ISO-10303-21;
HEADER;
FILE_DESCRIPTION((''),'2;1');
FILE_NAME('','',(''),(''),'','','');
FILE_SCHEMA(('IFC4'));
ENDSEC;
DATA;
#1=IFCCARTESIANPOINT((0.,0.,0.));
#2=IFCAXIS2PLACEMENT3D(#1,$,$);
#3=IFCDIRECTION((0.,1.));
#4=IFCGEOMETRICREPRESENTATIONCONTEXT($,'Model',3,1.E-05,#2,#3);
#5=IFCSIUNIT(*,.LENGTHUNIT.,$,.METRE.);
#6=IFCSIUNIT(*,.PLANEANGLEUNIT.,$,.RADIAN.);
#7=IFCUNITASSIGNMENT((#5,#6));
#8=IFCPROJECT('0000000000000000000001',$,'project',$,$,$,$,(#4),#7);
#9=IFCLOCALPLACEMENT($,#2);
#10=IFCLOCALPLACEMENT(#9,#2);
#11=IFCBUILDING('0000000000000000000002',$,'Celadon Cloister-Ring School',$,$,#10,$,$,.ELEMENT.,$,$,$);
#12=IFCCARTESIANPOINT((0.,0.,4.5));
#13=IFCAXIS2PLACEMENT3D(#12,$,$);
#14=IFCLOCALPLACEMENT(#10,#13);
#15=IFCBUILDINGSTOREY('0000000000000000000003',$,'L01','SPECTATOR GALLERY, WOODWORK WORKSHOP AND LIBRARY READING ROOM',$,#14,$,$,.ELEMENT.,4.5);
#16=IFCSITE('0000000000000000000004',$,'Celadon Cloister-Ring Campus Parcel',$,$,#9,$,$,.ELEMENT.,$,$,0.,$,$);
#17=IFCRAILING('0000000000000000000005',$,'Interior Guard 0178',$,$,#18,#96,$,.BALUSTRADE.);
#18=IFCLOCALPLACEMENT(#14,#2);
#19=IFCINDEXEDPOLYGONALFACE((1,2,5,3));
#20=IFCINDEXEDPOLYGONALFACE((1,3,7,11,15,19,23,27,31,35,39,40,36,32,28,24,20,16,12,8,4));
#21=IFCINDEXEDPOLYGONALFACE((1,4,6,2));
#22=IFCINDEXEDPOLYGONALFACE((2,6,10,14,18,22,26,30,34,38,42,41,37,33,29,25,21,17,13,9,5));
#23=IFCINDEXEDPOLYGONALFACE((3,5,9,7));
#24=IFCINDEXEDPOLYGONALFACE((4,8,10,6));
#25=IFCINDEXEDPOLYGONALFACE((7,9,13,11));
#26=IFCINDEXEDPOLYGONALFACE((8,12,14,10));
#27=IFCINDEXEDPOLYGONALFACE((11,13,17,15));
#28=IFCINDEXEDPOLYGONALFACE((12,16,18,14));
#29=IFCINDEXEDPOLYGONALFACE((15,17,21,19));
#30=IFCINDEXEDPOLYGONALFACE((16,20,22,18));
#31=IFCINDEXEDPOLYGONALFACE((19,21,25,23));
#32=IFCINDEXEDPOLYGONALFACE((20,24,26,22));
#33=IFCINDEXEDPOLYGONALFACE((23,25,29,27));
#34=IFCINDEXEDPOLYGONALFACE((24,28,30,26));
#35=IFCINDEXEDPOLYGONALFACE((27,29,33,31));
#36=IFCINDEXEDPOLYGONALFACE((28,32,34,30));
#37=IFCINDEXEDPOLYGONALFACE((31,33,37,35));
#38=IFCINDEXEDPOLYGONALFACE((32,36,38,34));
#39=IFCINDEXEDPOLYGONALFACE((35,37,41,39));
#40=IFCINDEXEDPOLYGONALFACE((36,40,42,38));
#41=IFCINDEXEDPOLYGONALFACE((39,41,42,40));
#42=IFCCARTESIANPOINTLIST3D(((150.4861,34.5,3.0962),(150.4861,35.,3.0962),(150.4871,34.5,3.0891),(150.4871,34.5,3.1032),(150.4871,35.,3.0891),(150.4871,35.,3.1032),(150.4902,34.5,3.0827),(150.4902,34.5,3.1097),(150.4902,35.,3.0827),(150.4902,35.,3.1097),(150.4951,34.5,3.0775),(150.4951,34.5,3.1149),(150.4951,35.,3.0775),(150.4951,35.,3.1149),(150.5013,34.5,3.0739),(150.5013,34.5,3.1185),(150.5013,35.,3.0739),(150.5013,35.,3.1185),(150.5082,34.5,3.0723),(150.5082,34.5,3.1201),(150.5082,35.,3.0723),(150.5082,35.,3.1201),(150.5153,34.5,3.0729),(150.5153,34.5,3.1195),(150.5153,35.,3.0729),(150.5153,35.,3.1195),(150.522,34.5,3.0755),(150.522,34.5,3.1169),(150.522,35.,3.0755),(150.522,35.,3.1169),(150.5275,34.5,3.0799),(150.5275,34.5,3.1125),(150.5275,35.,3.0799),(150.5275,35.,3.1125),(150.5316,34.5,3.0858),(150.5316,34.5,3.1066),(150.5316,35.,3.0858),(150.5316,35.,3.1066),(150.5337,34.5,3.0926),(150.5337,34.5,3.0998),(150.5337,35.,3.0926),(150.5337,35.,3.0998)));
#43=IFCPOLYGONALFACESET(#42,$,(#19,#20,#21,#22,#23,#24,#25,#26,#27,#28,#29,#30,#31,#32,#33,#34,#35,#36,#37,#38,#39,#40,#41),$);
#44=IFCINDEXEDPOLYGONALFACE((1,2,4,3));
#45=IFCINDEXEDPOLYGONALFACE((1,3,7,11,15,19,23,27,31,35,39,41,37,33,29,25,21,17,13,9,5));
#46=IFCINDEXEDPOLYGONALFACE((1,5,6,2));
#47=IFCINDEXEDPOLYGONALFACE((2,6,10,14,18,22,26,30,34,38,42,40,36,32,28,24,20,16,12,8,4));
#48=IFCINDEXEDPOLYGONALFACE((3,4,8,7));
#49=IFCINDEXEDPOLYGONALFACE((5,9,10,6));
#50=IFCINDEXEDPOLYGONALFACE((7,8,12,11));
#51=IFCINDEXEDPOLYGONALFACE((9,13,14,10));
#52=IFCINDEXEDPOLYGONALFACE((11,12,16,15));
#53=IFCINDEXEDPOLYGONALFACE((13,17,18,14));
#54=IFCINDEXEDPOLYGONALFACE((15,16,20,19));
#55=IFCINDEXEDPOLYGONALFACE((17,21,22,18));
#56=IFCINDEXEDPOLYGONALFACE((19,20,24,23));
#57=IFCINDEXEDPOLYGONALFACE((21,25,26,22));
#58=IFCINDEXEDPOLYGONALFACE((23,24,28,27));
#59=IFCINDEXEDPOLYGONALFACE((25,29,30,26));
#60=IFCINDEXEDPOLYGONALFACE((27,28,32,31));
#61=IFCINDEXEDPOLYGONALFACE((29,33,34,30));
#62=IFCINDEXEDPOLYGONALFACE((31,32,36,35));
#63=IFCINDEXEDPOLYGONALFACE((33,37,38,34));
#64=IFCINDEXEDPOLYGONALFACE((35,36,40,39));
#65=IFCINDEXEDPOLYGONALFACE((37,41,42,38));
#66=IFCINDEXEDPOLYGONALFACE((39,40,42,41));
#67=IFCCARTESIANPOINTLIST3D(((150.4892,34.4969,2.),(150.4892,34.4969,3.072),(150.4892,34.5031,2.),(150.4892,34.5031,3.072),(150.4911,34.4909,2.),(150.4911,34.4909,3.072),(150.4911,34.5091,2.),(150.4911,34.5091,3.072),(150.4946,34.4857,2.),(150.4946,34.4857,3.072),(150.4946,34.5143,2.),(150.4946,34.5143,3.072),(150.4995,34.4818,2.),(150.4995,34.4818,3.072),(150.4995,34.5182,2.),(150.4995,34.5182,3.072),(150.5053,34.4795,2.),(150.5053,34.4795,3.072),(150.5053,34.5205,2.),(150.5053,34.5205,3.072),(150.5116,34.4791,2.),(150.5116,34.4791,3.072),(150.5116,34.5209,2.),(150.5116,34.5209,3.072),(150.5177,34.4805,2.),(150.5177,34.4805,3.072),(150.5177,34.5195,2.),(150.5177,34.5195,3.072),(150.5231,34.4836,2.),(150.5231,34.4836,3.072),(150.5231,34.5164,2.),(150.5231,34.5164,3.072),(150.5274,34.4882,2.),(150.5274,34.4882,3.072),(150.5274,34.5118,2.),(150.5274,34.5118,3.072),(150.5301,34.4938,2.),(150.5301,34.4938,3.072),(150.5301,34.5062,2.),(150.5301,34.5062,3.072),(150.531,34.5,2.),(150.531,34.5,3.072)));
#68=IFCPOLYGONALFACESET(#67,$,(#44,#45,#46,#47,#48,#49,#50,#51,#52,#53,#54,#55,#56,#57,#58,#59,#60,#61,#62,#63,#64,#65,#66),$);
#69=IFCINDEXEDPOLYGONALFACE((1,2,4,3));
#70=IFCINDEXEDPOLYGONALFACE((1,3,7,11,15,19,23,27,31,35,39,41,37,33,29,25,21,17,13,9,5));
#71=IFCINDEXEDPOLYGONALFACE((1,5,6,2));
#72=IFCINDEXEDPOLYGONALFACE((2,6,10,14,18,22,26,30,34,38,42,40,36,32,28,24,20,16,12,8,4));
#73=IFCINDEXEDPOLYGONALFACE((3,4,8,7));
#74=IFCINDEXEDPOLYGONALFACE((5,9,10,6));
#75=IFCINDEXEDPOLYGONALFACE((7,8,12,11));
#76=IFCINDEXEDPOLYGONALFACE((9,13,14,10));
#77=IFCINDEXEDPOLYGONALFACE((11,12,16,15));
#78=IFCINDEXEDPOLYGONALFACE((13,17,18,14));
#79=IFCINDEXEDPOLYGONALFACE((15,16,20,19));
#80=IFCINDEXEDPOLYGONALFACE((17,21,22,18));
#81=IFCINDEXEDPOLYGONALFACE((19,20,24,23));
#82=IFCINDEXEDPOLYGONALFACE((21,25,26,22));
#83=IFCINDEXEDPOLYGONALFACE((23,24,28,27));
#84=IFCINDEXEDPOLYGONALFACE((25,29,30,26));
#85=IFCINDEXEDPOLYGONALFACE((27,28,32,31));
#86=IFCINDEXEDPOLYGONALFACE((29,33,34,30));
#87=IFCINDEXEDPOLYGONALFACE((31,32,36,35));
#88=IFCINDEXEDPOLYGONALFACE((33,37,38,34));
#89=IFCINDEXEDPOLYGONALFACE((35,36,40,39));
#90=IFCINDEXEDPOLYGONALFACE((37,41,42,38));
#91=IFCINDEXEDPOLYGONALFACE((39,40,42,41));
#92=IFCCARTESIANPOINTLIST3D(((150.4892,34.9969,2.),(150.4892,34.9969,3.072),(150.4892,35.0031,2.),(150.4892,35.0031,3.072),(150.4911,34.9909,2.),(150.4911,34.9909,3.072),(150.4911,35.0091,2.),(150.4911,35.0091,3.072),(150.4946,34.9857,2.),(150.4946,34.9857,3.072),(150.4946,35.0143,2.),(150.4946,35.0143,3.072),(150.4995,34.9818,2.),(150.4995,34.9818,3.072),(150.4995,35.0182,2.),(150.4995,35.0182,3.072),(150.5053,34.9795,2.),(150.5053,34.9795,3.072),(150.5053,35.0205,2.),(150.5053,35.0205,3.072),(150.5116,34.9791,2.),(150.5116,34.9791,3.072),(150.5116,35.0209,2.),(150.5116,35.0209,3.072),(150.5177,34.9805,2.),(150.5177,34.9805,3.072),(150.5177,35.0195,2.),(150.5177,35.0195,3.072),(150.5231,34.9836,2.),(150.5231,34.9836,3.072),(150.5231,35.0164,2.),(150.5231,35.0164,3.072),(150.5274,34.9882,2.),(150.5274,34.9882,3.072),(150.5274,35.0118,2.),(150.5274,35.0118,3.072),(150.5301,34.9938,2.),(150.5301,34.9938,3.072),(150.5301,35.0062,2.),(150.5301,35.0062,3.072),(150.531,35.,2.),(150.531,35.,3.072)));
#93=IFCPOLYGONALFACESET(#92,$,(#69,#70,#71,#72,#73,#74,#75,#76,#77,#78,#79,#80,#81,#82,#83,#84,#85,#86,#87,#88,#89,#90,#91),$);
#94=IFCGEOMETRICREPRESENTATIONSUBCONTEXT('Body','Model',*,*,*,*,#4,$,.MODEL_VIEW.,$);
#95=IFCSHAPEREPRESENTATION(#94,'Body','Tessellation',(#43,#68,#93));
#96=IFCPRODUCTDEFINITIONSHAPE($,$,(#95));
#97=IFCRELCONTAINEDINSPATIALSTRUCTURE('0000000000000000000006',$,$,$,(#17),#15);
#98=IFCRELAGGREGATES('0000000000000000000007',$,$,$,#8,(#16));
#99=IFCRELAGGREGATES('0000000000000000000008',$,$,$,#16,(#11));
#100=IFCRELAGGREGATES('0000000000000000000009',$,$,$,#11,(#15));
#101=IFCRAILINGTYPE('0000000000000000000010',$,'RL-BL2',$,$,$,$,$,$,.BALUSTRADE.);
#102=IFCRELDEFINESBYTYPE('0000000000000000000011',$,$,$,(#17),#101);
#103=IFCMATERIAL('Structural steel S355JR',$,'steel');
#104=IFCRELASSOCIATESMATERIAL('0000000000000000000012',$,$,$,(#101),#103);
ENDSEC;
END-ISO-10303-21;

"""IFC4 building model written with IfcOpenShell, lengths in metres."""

from ifc_helpers import new_model, si_unit, direction, frame, origin, origin_2d, place, context, subcontext, project, spatial, circle, extrude, material, type_object, element, save


model = new_model("IFC4")

# Units and contexts
model_context = context("Model", 3, precision=1e-05, world=origin(), true_north=direction((0.0, 1.0)))
body_context = subcontext(model_context, "Body", "Model", "MODEL_VIEW")
ifc_project = project(units=[si_unit("LENGTHUNIT", "METRE"), si_unit("PLANEANGLEUNIT", "RADIAN")], contexts=[model_context])

# Site, building, storey
site_placement = place(None, origin())
site = spatial("IfcSite", under=ifc_project, at=site_placement, Name="Celadon Cloister-Ring Campus Parcel", CompositionType="ELEMENT", RefElevation=0.0)
building_placement = place(site_placement, origin())
building = spatial("IfcBuilding", under=site, at=building_placement, Name="Celadon Cloister-Ring School", CompositionType="ELEMENT")
storey_placement = place(building_placement, frame((0.0, 0.0, 4.5)))
storey = spatial("IfcBuildingStorey", under=building, at=storey_placement, Name="L01", Description="SPECTATOR GALLERY, WOODWORK WORKSHOP AND LIBRARY READING ROOM", CompositionType="ELEMENT", Elevation=4.5)

# Railing
ifc_material_1 = material(Name="Structural steel S355JR", Category="steel")
railing_type_1 = type_object("IfcRailingType", Name="RL-BL2", PredefinedType="BALUSTRADE", material=ifc_material_1)
railing_1_placement = place(storey_placement, frame((150.51, 34.5, 2.0)))
element("IfcRailing", 1, at=railing_1_placement, inside=storey, type_object=railing_type_1, Name="Interior Guard 0178", PredefinedType="BALUSTRADE", context=body_context, shape_type="SweptSolid", body=[
    extrude(circle(Radius=0.0239, at=origin_2d()), frame((0.0, 0.0, 1.0962), z_axis=(0.0, 1.0, 0.0), x_axis=(-1.0, 0.0, 0.0)), (0.0, 0.0, 1.0), 0.5),
    extrude(circle(Radius=0.021, at=origin_2d()), origin(), (0.0, 0.0, 1.0), 1.072),
    extrude(circle(Radius=0.021, at=origin_2d()), frame((0.0, 0.5, 0.0)), (0.0, 0.0, 1.0), 1.072),
])

save(model, "model.ifc")
